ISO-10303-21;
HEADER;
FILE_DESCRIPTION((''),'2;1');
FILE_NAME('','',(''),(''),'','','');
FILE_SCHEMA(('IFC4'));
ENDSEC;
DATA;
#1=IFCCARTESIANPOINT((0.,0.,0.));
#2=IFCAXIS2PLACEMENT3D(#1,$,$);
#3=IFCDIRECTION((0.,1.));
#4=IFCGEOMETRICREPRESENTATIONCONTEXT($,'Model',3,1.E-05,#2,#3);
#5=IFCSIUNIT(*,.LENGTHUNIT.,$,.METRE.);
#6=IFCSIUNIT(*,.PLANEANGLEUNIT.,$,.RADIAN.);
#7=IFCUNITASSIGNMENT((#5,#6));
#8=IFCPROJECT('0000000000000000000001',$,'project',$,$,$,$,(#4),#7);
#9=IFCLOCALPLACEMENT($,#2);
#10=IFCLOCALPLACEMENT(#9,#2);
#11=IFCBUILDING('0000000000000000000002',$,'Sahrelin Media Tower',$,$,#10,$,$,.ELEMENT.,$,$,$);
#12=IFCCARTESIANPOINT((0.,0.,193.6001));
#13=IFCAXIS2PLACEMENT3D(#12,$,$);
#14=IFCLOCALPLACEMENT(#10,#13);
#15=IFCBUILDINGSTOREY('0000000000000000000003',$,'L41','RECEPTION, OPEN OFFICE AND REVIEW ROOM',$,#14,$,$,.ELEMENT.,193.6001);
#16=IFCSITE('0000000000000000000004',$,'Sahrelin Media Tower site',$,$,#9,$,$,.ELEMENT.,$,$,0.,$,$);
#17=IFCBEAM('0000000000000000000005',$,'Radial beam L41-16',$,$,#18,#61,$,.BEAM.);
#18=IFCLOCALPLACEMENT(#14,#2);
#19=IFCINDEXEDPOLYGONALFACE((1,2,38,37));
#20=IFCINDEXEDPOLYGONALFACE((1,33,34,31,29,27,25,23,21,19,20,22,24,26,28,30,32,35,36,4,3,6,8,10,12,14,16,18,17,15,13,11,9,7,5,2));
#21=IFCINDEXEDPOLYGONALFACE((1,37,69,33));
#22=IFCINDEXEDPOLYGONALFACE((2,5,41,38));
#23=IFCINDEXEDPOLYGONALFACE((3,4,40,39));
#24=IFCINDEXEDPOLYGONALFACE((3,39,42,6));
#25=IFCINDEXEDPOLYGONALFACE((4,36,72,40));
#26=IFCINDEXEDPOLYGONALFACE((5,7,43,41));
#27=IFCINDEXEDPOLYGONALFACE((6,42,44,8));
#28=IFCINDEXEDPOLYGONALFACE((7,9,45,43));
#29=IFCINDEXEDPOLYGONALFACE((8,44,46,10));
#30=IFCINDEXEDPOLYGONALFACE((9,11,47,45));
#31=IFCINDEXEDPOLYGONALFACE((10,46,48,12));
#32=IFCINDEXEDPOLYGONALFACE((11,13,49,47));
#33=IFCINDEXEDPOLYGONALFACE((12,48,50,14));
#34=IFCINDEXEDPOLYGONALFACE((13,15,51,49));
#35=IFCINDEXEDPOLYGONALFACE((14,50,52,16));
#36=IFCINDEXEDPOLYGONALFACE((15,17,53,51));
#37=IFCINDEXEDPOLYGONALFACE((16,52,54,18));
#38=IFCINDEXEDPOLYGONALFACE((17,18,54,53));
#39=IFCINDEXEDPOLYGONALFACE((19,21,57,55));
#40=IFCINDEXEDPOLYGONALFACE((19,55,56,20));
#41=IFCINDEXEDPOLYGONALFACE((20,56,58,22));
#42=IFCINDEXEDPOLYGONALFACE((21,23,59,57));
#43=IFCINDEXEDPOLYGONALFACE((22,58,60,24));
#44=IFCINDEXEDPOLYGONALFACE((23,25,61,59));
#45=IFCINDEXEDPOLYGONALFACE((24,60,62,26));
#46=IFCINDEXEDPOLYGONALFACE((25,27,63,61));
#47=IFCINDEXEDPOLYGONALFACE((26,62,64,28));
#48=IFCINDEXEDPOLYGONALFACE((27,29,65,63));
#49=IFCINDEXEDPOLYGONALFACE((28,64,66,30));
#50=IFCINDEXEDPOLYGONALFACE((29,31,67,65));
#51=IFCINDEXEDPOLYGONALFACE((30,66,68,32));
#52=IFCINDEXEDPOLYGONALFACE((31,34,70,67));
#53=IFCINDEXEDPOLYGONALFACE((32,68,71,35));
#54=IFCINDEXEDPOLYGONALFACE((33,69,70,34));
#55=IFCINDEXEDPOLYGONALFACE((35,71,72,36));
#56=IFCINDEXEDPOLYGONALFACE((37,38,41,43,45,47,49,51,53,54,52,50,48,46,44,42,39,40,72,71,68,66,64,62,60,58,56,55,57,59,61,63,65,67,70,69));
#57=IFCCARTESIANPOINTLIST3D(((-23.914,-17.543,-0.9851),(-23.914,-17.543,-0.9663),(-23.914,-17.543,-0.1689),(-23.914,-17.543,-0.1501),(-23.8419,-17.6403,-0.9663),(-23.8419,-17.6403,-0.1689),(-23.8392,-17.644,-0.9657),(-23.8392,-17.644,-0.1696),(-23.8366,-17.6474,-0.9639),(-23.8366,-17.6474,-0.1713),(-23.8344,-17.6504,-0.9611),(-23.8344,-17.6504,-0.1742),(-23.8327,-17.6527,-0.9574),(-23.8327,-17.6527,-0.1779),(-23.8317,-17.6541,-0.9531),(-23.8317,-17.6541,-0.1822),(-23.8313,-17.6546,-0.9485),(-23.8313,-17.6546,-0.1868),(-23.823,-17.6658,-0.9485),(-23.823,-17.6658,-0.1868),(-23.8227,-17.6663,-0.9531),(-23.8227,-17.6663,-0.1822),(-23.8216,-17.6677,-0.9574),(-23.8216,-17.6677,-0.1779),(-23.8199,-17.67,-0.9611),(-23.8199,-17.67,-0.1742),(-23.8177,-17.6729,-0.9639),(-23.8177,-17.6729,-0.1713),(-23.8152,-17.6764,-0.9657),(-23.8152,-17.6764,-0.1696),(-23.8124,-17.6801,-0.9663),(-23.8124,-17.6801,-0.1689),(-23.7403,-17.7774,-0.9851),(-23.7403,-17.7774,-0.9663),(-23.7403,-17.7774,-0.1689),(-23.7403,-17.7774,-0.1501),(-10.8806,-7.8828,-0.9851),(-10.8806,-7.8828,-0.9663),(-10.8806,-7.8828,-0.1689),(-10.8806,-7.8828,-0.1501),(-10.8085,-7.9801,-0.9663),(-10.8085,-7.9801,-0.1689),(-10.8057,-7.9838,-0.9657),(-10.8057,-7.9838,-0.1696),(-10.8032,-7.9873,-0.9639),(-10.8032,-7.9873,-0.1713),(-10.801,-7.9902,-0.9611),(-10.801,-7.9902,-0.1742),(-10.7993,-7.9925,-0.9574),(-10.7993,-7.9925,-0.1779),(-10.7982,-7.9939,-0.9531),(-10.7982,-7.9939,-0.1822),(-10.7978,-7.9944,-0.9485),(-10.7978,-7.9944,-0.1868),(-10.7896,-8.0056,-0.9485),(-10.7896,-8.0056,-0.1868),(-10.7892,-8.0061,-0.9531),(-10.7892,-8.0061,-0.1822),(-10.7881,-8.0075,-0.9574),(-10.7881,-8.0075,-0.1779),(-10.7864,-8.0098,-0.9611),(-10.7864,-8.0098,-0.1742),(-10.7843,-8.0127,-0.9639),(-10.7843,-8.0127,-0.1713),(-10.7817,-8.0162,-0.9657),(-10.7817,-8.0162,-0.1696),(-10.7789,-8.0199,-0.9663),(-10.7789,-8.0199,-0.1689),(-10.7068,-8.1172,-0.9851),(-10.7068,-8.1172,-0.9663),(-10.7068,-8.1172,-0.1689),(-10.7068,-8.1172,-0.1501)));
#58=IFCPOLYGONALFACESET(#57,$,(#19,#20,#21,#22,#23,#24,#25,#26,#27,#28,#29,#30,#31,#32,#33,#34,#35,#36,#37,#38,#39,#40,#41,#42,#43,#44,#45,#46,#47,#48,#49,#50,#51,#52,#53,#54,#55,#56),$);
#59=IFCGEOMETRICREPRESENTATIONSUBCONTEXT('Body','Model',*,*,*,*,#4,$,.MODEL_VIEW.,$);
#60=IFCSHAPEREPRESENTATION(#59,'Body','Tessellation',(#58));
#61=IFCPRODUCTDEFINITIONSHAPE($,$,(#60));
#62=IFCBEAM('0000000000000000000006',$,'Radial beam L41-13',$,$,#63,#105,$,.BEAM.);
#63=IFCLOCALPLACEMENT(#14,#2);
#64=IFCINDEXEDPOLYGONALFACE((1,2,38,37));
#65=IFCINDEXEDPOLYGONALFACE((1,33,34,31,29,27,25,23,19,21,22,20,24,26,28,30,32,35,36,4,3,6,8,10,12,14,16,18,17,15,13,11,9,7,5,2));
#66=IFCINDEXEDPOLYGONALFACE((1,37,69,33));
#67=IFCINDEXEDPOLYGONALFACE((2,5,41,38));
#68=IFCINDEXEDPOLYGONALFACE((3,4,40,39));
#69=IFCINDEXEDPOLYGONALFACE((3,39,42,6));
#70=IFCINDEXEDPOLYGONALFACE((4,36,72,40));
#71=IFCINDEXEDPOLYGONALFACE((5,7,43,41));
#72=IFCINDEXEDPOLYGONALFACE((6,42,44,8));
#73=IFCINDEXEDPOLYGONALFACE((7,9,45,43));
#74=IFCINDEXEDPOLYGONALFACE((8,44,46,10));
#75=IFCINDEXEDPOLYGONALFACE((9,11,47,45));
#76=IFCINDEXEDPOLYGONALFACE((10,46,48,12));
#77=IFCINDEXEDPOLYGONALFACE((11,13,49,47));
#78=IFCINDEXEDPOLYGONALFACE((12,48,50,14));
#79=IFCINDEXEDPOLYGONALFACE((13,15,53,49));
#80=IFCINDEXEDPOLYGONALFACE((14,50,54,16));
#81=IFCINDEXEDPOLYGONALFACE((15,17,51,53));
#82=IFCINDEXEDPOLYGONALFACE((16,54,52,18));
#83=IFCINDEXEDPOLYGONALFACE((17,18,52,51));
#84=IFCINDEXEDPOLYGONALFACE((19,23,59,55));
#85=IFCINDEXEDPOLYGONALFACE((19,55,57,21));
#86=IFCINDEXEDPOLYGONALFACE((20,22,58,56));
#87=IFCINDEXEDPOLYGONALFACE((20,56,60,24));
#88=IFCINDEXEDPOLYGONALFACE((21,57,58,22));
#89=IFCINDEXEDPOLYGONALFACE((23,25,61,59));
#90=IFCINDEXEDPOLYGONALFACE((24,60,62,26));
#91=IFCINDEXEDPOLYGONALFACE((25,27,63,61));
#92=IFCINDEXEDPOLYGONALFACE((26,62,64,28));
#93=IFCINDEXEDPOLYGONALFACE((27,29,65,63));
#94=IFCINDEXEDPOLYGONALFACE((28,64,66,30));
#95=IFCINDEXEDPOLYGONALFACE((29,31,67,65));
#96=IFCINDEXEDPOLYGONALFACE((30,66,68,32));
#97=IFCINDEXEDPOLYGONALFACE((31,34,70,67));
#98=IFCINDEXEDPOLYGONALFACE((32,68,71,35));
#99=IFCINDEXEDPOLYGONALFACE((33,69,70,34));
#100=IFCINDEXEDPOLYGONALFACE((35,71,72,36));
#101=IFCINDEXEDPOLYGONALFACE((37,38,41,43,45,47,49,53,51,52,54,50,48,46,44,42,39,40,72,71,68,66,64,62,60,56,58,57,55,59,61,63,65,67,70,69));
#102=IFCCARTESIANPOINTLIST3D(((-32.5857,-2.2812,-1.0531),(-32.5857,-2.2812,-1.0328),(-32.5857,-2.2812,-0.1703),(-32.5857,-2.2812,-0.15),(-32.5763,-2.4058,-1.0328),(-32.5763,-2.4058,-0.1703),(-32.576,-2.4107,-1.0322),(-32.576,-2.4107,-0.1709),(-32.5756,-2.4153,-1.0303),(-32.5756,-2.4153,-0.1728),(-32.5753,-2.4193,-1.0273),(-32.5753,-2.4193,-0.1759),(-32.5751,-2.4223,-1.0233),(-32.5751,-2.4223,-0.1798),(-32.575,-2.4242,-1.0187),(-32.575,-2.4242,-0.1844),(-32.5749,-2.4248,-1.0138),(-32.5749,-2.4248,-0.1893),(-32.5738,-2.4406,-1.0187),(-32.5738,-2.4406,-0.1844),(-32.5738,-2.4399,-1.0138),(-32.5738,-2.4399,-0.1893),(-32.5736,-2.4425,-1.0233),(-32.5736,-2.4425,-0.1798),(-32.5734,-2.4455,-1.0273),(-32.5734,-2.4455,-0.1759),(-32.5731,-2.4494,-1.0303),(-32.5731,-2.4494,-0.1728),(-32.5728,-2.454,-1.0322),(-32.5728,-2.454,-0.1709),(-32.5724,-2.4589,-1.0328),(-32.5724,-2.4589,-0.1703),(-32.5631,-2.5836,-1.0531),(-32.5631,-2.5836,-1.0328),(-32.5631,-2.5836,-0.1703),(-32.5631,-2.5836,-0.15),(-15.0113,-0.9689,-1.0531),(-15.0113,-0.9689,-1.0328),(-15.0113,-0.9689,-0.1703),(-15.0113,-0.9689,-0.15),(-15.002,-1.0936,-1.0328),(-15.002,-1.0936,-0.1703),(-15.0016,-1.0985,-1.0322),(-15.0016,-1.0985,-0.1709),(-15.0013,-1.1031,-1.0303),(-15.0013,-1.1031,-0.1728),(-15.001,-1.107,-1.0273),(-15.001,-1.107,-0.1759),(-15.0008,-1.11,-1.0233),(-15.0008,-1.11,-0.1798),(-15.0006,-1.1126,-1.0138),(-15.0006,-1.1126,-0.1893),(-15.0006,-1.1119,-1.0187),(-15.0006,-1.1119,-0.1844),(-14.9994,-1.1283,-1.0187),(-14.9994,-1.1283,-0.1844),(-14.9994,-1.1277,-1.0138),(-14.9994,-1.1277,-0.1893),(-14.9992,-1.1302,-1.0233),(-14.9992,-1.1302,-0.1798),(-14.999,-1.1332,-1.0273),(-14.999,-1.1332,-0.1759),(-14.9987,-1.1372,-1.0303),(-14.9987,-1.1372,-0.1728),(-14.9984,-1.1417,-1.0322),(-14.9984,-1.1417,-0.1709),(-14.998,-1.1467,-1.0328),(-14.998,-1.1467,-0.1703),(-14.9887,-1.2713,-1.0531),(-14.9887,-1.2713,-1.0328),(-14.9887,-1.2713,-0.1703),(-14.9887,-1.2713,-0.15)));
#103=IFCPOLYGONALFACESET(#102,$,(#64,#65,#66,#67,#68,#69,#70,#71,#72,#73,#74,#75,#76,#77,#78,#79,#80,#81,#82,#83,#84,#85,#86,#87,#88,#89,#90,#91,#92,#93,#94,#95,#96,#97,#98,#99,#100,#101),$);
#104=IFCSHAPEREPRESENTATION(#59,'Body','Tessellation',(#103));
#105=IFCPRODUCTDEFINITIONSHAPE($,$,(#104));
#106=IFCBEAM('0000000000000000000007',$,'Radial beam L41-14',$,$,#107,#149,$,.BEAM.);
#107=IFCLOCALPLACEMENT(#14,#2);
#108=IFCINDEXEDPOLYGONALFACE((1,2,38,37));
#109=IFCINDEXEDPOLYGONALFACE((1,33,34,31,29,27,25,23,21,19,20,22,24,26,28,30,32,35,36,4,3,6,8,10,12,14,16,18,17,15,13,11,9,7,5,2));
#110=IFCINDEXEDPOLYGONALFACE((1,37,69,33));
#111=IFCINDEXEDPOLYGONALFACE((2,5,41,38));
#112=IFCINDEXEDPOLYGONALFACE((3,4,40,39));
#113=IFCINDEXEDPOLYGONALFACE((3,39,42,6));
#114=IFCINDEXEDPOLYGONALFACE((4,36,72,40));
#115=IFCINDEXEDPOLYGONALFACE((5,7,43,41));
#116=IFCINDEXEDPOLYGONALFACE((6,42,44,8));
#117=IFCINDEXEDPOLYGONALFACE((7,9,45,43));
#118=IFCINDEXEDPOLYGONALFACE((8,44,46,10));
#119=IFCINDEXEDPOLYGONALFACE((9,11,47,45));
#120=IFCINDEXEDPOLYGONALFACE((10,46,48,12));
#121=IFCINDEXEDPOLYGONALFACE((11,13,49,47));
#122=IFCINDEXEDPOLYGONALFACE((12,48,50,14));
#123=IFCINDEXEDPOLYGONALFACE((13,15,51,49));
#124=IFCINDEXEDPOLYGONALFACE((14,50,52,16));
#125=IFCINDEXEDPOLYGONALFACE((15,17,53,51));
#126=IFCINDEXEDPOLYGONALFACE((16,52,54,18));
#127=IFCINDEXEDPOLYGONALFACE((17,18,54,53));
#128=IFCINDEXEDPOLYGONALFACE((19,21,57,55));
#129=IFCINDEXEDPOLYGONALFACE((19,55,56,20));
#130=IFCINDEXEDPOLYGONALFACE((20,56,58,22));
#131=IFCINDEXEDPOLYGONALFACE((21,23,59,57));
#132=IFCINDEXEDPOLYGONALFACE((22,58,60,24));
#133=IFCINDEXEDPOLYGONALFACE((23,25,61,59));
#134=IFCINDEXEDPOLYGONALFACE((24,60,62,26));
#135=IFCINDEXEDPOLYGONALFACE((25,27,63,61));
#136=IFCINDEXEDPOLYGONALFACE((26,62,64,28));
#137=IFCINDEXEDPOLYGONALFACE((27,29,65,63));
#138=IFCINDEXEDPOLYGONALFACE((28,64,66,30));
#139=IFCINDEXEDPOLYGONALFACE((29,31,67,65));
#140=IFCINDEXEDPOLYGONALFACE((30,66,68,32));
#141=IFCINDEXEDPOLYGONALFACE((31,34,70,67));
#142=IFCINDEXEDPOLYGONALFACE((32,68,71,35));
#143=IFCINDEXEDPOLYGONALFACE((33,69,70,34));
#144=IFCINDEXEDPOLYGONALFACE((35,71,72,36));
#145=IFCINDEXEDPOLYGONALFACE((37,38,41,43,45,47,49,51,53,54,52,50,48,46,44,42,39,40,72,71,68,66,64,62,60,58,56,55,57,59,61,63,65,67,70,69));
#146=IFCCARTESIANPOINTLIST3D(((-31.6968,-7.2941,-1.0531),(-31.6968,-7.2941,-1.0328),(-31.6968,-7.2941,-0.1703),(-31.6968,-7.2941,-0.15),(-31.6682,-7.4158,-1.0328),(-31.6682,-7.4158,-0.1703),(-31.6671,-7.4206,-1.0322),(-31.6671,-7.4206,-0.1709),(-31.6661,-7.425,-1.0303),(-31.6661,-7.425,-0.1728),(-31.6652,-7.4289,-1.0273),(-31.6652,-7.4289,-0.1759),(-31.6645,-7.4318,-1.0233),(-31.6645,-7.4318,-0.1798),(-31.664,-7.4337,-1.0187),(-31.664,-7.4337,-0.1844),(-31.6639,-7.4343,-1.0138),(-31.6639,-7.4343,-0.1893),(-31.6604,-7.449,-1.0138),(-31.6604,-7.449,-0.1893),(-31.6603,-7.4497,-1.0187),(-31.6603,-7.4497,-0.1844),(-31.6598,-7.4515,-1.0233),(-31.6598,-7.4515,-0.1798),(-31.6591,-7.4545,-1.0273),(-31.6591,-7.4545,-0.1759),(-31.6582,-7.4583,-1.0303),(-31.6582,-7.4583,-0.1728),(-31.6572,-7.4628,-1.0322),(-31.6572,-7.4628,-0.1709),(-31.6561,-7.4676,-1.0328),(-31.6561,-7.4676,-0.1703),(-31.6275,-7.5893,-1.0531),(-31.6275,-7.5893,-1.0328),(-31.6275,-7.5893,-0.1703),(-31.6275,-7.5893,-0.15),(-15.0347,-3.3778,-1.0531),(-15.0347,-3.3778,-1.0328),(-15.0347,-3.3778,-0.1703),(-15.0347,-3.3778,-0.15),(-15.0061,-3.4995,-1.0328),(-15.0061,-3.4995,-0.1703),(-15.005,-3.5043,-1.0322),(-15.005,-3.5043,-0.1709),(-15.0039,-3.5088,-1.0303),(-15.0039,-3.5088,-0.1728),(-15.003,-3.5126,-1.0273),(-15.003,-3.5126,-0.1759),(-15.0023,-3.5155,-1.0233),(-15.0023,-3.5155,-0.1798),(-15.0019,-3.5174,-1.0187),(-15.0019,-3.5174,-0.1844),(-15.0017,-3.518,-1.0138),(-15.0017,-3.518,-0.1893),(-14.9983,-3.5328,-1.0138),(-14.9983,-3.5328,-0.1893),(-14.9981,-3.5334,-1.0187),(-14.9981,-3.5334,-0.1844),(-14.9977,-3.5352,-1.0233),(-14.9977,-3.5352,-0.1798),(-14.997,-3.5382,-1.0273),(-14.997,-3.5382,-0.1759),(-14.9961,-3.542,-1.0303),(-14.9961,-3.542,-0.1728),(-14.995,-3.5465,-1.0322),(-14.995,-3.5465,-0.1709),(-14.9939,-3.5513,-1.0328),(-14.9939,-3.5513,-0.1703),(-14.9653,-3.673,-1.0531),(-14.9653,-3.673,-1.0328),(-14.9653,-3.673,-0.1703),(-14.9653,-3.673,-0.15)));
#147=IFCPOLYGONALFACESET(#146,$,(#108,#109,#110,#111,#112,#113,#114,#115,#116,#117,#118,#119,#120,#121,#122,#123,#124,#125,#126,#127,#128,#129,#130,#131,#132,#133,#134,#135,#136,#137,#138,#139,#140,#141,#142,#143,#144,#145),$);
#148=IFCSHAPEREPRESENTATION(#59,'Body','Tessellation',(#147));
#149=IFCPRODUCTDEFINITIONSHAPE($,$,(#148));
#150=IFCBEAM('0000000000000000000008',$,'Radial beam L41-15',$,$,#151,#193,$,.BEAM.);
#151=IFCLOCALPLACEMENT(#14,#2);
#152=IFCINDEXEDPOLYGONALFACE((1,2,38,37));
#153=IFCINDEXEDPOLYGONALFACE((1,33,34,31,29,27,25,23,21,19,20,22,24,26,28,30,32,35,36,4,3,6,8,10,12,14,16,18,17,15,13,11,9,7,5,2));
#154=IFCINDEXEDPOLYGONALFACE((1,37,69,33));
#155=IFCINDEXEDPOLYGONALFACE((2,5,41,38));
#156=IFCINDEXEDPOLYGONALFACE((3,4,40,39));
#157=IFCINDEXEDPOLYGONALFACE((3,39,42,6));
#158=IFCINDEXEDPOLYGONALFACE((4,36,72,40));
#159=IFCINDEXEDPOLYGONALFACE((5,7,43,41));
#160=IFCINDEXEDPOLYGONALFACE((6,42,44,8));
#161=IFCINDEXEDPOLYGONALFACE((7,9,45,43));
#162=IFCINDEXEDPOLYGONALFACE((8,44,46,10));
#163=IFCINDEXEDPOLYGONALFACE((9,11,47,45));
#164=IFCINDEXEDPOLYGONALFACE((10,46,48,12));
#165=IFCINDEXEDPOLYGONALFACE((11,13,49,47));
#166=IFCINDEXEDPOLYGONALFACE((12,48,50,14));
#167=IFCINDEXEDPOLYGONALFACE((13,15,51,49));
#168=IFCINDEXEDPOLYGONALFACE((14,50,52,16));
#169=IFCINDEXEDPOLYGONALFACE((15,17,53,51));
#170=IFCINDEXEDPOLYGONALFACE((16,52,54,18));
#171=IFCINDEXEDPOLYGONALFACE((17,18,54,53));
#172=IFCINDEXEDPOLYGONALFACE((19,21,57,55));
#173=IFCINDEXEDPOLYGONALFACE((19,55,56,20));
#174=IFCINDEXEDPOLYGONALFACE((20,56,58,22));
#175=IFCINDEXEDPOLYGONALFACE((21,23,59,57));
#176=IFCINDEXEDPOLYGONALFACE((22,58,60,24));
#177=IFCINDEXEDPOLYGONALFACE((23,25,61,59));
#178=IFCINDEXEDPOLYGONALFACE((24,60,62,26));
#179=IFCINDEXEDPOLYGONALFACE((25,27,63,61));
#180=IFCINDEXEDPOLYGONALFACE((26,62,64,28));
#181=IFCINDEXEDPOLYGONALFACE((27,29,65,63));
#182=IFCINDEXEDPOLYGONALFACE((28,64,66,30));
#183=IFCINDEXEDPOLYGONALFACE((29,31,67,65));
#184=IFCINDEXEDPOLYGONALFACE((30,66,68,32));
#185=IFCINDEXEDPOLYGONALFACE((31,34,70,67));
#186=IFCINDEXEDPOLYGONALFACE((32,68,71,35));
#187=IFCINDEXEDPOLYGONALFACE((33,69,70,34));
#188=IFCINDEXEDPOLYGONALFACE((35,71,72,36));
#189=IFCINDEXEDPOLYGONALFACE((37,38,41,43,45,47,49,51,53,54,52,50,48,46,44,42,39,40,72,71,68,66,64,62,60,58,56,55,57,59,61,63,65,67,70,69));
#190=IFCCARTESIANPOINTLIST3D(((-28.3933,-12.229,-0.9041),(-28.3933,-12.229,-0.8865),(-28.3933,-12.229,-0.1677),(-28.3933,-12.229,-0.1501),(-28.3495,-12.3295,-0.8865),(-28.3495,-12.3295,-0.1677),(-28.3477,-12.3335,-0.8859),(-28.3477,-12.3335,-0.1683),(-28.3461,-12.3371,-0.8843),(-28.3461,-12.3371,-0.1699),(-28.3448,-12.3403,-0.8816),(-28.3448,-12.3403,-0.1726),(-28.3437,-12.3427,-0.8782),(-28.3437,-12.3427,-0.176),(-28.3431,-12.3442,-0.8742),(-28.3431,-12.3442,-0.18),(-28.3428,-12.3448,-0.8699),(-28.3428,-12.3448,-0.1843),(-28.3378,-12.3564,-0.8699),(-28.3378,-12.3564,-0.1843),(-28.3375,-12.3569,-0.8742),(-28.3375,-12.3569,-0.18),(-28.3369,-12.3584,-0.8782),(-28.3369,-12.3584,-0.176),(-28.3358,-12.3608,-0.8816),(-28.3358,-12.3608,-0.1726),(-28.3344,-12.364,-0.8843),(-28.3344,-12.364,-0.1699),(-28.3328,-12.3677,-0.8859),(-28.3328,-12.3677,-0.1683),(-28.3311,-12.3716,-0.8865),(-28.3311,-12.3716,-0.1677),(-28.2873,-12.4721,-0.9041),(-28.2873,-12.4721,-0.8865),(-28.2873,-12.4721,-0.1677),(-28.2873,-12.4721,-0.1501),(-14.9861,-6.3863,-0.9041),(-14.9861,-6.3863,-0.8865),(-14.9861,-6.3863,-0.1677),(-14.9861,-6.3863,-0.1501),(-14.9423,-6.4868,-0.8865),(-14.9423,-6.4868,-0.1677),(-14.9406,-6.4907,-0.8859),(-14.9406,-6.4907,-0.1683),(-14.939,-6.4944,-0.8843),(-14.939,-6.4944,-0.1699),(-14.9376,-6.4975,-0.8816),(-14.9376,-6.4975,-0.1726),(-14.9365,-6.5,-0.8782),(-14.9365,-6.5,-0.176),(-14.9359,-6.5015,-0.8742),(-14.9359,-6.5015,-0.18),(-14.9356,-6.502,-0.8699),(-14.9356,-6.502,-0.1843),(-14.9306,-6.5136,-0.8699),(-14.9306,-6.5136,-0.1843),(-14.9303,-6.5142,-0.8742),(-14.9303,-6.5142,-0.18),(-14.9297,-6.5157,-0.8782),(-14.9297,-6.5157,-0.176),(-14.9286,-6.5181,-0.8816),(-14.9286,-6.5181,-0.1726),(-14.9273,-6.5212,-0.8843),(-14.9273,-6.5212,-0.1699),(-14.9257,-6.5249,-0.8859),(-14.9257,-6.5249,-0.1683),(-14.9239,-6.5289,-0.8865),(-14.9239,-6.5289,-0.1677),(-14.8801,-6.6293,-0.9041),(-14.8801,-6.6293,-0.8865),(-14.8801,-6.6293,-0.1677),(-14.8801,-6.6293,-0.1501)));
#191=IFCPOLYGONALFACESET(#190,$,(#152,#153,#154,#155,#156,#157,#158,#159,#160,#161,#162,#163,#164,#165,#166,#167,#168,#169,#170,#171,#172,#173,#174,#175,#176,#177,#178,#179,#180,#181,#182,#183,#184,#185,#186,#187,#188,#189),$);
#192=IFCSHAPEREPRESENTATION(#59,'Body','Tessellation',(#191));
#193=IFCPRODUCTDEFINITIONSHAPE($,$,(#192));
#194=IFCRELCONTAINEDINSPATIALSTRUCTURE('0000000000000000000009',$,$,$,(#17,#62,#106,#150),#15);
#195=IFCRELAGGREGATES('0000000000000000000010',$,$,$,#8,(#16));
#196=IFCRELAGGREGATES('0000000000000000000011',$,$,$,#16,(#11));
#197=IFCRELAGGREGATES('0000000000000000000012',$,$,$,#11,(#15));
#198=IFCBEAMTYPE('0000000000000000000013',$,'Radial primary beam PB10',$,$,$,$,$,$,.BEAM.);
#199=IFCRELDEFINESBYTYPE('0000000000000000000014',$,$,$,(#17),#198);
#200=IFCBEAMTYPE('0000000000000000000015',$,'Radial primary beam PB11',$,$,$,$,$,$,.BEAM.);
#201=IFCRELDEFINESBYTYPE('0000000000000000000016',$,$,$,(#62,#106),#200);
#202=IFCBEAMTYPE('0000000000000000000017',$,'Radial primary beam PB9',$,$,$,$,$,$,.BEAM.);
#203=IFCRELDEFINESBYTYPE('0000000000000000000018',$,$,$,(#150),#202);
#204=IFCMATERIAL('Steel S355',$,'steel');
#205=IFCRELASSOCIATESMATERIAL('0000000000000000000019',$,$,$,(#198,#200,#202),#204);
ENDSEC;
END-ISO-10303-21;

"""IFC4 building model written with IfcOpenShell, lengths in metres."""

from ifc_helpers import new_model, si_unit, direction, frame, origin, origin_2d, place, context, subcontext, project, spatial, i_section, extrude, material, material_profile, profile_set, type_object, element, save


model = new_model("IFC4")

# Units and contexts
model_context = context("Model", 3, precision=1e-05, world=origin(), true_north=direction((0.0, 1.0)))
body_context = subcontext(model_context, "Body", "Model", "MODEL_VIEW")
ifc_project = project(units=[si_unit("LENGTHUNIT", "METRE"), si_unit("PLANEANGLEUNIT", "RADIAN")], contexts=[model_context])

# Site, building, storey
site_placement = place(None, origin())
site = spatial("IfcSite", under=ifc_project, at=site_placement, Name="Sahrelin Media Tower site", CompositionType="ELEMENT", RefElevation=0.0)
building_placement = place(site_placement, origin())
building = spatial("IfcBuilding", under=site, at=building_placement, Name="Sahrelin Media Tower", CompositionType="ELEMENT")
storey_placement = place(building_placement, frame((0.0, 0.0, 193.6001)))
storey = spatial("IfcBuildingStorey", under=building, at=storey_placement, Name="L41", Description="RECEPTION, OPEN OFFICE AND REVIEW ROOM", CompositionType="ELEMENT", Elevation=193.6001)

# Beams
ifc_material_1 = material(Name="Steel S355", Category="steel")
ifc_material_profile_1 = material_profile(ifc_material_1, i_section(OverallWidth=0.2917, OverallDepth=0.835, WebThickness=0.0139, FlangeThickness=0.0188, FilletRadius=0.0178, at=origin_2d()), Name="UB 838x292x176")
ifc_profile_set_1 = profile_set([ifc_material_profile_1], Name="Steel S355")
beam_type_1 = type_object("IfcBeamType", Name="Radial primary beam PB10", PredefinedType="BEAM", material=ifc_profile_set_1)
beam_1_placement = place(storey_placement, frame((-10.7937, -8.0, -0.5676), z_axis=(-0.803388, -0.595456, 0.0), x_axis=(0.595456, -0.803388, 0.0)))
element("IfcBeam", 1, at=beam_1_placement, inside=storey, type_object=beam_type_1, Name="Radial beam L41-16", PredefinedType="BEAM", context=body_context, shape_type="SweptSolid", body=[
    extrude(i_section(OverallWidth=0.2917, OverallDepth=0.835, WebThickness=0.0139, FlangeThickness=0.0188, FilletRadius=0.0178, at=origin_2d()), origin(), (0.0, 0.0, 1.0), 16.2231),
])
ifc_material_profile_2 = material_profile(ifc_material_1, i_section(OverallWidth=0.3032, OverallDepth=0.9031, WebThickness=0.0151, FlangeThickness=0.0203, FilletRadius=0.019, at=origin_2d()), Name="UB 914x305x201")
ifc_profile_set_2 = profile_set([ifc_material_profile_2], Name="Steel S355")
beam_type_2 = type_object("IfcBeamType", Name="Radial primary beam PB11", PredefinedType="BEAM", material=ifc_profile_set_2)
beam_2_placement = place(storey_placement, frame((-15.0, -1.1201, -0.6016), z_axis=(-0.997224, -0.074461, 0.0), x_axis=(0.074461, -0.997224, 0.0)))
element("IfcBeam", 2, at=beam_2_placement, inside=storey, type_object=beam_type_2, Name="Radial beam L41-13", PredefinedType="BEAM", context=body_context, shape_type="SweptSolid", body=[
    extrude(i_section(OverallWidth=0.3032, OverallDepth=0.9031, WebThickness=0.0151, FlangeThickness=0.0203, FilletRadius=0.019, at=origin_2d()), origin(), (0.0, 0.0, 1.0), 17.6233),
])
beam_3_placement = place(storey_placement, frame((-15.0, -3.5254, -0.6016), z_axis=(-0.973472, -0.228805, 0.0), x_axis=(0.228805, -0.973472, 0.0)))
element("IfcBeam", 3, at=beam_3_placement, inside=storey, type_object=beam_type_2, Name="Radial beam L41-14", PredefinedType="BEAM", context=body_context, shape_type="SweptSolid", body=[
    extrude(i_section(OverallWidth=0.3032, OverallDepth=0.9031, WebThickness=0.0151, FlangeThickness=0.0203, FilletRadius=0.019, at=origin_2d()), origin(), (0.0, 0.0, 1.0), 17.1162),
])
ifc_material_profile_3 = material_profile(ifc_material_1, i_section(OverallWidth=0.2651, OverallDepth=0.7539, WebThickness=0.0127, FlangeThickness=0.0176, FilletRadius=0.0166, at=origin_2d()), Name="UB 762x267x147")
ifc_profile_set_3 = profile_set([ifc_material_profile_3], Name="Steel S355")
beam_type_3 = type_object("IfcBeamType", Name="Radial primary beam PB9", PredefinedType="BEAM", material=ifc_profile_set_3)
beam_4_placement = place(storey_placement, frame((-14.9331, -6.5078, -0.5271), z_axis=(-0.916731, -0.399505, 0.0), x_axis=(0.399505, -0.916731, 0.0)))
element("IfcBeam", 4, at=beam_4_placement, inside=storey, type_object=beam_type_3, Name="Radial beam L41-15", PredefinedType="BEAM", context=body_context, shape_type="SweptSolid", body=[
    extrude(i_section(OverallWidth=0.2651, OverallDepth=0.7539, WebThickness=0.0127, FlangeThickness=0.0176, FilletRadius=0.0166, at=origin_2d()), origin(), (0.0, 0.0, 1.0), 14.625),
])

save(model, "model.ifc")
